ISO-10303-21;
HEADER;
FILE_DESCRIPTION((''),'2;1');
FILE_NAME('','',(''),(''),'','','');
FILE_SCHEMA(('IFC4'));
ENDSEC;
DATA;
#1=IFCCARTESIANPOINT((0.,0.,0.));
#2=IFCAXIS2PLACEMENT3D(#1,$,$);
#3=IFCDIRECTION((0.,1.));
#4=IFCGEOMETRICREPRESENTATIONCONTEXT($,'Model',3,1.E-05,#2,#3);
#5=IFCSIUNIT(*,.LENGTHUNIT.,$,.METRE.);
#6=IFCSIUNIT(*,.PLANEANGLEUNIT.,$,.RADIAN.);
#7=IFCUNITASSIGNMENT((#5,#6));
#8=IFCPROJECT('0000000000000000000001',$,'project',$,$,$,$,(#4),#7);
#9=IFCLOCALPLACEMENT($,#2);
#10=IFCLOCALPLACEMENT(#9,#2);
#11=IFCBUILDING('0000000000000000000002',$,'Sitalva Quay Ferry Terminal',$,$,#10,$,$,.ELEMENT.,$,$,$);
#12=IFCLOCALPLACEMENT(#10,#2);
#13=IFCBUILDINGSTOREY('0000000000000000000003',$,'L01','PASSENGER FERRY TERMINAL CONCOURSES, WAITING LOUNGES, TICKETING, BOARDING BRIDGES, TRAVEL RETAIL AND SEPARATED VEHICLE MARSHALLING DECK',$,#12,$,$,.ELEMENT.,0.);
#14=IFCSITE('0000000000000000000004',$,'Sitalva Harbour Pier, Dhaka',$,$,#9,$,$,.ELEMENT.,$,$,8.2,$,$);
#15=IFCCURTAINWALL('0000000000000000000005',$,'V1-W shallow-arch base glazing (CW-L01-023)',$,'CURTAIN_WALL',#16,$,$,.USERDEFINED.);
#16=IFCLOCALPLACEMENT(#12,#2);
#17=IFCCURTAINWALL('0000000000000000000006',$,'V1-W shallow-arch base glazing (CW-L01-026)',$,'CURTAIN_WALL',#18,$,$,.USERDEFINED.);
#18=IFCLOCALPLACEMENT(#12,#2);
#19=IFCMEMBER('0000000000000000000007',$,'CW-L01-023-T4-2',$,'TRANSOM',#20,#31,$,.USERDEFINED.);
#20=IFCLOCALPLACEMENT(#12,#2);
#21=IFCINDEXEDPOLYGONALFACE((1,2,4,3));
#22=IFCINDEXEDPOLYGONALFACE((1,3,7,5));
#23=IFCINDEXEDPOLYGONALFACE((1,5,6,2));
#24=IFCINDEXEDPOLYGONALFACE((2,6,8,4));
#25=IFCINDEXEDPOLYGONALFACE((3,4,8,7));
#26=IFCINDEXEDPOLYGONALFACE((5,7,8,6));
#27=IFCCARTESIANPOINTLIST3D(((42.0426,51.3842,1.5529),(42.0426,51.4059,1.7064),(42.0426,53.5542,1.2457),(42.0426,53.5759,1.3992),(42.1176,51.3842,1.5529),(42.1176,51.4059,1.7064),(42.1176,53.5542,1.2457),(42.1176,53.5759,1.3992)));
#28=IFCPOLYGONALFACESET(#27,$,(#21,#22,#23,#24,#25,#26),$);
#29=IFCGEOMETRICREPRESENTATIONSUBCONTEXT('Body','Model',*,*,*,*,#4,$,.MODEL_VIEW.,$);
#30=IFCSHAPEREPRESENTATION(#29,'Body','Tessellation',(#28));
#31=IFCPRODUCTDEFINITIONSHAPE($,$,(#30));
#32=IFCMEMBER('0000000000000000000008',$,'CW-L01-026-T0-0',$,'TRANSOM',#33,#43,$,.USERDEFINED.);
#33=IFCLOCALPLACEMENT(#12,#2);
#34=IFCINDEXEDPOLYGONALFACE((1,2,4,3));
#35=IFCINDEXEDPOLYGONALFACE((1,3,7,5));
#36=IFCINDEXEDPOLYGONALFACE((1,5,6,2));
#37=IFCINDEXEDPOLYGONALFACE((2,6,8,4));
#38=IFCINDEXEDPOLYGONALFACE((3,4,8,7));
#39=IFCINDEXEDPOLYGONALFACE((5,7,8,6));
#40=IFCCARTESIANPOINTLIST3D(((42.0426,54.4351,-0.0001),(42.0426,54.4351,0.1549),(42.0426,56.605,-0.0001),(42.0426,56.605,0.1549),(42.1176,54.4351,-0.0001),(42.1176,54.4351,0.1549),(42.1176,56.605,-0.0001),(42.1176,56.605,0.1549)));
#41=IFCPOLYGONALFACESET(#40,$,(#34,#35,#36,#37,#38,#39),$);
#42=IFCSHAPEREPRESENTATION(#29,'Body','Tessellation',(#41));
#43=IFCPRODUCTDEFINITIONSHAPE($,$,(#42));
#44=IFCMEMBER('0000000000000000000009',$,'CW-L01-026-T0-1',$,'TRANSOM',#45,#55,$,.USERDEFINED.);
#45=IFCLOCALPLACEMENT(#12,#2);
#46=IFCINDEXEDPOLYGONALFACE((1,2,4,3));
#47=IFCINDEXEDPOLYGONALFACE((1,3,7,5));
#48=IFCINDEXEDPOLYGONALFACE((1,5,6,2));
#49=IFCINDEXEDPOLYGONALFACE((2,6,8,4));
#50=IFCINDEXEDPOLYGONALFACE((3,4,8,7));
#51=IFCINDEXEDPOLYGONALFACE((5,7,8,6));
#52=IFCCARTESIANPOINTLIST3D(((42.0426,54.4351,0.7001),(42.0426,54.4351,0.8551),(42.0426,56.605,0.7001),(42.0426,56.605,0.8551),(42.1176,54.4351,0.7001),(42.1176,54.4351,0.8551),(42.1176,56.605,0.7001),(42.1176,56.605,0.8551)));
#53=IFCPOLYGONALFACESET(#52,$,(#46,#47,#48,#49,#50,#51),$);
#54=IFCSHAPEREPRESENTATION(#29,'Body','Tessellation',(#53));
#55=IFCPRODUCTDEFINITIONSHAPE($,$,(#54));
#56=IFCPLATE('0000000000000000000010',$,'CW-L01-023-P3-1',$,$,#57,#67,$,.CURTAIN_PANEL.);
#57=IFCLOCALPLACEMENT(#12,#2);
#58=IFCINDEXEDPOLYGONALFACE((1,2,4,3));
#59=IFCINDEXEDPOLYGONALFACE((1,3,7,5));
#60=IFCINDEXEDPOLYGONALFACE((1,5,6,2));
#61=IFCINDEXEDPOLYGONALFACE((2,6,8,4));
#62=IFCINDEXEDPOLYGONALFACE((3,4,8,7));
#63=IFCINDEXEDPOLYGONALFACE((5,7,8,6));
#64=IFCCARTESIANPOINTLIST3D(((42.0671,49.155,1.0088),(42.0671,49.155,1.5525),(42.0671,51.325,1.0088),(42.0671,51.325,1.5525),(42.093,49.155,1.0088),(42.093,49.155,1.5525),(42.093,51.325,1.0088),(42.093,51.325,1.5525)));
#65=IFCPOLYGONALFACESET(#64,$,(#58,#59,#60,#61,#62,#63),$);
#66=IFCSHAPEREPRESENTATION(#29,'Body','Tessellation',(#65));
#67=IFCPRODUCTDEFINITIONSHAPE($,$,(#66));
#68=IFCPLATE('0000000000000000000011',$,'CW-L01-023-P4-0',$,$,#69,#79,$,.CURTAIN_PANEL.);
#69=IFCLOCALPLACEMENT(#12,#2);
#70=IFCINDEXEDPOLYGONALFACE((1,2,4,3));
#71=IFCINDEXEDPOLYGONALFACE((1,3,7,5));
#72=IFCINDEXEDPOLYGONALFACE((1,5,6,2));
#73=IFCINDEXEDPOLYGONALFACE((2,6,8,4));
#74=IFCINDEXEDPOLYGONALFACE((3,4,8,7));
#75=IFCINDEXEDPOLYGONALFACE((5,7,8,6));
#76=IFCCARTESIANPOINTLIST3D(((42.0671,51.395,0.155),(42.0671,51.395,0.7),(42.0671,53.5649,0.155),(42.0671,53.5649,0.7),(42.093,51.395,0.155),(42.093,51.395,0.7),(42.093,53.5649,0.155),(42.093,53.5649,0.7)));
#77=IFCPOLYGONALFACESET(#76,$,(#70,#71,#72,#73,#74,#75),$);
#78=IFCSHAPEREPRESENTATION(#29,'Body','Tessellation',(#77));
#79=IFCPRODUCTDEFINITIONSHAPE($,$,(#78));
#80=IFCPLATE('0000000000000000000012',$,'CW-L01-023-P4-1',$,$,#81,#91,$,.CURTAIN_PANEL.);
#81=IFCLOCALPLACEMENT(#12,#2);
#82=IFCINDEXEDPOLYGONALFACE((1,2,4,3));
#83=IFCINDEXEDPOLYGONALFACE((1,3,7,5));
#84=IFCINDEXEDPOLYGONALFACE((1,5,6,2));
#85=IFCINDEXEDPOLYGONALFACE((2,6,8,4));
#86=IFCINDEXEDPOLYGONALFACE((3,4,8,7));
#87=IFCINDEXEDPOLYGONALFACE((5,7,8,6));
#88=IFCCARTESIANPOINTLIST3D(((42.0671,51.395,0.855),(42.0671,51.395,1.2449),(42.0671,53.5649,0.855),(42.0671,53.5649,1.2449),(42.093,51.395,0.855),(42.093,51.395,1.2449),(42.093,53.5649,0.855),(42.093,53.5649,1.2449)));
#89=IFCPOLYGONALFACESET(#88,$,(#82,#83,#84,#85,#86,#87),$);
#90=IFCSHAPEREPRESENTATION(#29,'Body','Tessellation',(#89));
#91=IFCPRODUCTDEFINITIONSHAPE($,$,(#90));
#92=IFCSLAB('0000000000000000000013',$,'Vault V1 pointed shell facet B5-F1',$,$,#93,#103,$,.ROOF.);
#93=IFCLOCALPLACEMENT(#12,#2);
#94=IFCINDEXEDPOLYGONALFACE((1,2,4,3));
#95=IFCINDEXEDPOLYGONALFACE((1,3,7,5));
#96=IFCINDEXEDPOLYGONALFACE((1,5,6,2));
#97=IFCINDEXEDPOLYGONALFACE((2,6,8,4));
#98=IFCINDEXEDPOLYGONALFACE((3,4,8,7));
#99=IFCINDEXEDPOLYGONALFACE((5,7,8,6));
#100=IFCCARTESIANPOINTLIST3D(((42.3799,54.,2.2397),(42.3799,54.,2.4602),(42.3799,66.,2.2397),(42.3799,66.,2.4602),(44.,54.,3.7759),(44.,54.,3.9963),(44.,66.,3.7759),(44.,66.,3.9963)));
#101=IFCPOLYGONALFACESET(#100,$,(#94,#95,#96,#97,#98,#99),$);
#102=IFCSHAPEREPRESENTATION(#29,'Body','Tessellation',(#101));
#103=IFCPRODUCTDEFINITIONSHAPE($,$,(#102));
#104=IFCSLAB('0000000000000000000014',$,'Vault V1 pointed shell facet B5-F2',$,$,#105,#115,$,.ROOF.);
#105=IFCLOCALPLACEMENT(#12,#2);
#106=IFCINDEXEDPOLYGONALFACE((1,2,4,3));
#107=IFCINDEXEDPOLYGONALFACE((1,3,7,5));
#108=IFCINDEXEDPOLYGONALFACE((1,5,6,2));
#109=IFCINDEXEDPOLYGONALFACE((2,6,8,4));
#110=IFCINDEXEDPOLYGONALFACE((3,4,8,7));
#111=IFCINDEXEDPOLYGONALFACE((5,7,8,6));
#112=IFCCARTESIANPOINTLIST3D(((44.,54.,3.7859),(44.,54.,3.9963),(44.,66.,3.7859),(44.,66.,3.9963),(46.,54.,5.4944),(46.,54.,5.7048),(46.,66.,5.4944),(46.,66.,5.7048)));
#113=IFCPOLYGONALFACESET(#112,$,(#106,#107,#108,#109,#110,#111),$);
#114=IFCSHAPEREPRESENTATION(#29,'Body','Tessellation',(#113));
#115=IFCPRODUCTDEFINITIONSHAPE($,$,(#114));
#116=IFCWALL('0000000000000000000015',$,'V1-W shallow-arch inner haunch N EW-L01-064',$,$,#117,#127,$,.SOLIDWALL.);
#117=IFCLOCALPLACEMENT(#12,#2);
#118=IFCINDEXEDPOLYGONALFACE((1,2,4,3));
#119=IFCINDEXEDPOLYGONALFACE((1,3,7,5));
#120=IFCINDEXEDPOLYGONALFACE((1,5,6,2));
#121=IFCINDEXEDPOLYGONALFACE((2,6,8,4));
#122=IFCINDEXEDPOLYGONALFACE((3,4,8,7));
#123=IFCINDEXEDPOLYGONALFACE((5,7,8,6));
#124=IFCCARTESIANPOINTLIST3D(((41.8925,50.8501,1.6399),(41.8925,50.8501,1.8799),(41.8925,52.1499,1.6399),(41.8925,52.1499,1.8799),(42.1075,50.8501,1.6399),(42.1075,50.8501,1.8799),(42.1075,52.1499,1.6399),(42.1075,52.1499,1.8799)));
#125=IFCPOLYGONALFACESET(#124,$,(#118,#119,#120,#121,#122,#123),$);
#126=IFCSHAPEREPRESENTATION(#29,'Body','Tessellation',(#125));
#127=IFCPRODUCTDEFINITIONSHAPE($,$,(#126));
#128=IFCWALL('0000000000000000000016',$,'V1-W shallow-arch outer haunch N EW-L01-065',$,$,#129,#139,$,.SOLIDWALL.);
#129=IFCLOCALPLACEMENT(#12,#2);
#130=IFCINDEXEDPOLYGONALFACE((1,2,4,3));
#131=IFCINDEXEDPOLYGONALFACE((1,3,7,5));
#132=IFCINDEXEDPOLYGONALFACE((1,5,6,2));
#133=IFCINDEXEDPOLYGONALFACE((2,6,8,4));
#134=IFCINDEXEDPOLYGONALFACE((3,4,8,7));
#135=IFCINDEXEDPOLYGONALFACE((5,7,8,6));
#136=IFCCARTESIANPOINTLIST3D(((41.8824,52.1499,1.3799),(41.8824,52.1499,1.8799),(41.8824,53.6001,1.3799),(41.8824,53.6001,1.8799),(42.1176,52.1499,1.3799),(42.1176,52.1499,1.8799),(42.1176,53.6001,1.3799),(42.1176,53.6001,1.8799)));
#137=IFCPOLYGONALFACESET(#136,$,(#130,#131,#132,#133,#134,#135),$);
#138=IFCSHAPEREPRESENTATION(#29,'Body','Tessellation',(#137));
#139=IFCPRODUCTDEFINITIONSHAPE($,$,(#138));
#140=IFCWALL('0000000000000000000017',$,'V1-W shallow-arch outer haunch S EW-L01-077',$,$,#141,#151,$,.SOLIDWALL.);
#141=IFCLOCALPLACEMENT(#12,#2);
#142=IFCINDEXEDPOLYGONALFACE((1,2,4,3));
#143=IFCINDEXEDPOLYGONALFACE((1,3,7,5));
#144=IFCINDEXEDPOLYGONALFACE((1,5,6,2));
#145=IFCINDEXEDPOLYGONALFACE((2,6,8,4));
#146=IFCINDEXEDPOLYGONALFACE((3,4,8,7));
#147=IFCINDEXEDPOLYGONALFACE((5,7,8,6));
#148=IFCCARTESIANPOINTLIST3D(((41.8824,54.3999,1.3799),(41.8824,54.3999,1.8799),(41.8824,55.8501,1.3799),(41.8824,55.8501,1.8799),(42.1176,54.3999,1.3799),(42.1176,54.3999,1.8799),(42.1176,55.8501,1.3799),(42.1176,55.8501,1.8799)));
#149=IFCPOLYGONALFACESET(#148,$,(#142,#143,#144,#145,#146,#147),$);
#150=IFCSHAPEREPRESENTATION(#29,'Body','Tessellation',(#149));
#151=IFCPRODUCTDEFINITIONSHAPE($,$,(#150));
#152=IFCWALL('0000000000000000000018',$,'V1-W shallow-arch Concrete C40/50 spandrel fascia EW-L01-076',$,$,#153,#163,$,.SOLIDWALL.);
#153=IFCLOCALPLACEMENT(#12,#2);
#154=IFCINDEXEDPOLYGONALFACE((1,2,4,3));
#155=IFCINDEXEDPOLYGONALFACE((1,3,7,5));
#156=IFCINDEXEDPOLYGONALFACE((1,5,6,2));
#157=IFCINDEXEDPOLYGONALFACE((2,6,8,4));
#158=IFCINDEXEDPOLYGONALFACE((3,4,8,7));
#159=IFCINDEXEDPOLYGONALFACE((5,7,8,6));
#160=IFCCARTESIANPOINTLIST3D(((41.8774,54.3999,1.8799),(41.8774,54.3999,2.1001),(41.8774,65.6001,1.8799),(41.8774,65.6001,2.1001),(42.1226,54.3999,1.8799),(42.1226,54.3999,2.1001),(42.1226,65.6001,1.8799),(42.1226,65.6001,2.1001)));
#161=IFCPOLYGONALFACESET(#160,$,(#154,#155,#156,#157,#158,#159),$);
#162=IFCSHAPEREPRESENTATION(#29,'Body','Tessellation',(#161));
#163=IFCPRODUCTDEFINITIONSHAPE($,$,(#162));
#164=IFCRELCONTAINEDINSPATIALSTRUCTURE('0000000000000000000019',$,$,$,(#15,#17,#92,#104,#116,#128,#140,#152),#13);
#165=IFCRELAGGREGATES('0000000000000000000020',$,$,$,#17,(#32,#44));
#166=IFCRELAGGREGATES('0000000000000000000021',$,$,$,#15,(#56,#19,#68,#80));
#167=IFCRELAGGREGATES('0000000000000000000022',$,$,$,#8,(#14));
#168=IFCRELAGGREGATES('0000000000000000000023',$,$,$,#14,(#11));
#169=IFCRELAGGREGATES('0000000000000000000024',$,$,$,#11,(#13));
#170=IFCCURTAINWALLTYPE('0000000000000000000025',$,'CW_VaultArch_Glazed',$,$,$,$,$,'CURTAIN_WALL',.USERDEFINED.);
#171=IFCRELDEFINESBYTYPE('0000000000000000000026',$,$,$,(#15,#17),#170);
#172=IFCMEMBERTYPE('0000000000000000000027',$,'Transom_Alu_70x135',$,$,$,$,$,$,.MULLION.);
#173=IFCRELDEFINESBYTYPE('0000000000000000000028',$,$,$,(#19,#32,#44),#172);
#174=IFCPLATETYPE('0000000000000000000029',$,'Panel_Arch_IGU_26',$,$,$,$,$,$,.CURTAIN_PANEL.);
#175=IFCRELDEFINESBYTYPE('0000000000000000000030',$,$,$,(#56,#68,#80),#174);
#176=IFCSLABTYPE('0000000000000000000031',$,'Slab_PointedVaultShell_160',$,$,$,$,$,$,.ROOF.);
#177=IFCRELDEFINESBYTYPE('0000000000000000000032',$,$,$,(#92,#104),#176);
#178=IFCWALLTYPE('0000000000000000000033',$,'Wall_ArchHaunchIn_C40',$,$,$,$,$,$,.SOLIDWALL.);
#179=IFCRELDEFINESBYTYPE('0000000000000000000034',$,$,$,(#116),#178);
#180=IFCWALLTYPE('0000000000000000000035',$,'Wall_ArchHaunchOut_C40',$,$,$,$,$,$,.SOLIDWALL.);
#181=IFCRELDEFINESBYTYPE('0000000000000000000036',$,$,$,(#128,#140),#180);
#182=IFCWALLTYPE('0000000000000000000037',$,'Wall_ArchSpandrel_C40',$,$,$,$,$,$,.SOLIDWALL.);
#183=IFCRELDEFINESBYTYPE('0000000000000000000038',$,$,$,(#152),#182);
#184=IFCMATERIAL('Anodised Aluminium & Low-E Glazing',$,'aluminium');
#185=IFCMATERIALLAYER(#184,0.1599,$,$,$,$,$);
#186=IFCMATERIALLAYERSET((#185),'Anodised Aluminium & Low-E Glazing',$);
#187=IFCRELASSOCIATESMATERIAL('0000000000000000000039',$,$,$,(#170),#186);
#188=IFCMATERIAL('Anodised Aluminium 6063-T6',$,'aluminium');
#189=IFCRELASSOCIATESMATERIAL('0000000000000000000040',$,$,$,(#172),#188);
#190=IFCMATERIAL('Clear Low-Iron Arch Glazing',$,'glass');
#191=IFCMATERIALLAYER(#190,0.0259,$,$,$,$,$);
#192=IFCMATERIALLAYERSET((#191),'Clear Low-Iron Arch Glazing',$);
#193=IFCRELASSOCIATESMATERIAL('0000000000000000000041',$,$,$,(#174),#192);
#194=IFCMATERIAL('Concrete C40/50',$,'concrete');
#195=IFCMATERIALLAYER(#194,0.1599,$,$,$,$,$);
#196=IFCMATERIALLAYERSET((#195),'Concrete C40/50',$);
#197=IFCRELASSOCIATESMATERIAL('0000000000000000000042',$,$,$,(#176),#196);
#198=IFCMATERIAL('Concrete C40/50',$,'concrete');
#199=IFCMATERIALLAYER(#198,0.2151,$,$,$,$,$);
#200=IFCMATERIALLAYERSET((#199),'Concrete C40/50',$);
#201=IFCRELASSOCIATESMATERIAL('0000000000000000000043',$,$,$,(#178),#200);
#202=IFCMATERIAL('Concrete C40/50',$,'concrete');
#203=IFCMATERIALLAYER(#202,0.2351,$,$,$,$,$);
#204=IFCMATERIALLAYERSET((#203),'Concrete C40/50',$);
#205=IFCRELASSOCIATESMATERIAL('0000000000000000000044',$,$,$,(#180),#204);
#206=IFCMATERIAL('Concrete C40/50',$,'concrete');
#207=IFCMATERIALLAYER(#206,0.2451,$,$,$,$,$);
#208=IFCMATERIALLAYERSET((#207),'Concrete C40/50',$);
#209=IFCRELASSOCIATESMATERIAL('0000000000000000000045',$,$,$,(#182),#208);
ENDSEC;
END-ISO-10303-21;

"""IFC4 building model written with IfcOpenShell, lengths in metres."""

from ifc_helpers import new_model, si_unit, direction, frame, frame_2d, origin, origin_2d, place, context, subcontext, project, spatial, polyline, rectangle, outline, extrude, material, layer, layer_set, material_profile, profile_set, type_object, element, aggregate, save


model = new_model("IFC4")

# Units and contexts
model_context = context("Model", 3, precision=1e-05, world=origin(), true_north=direction((0.0, 1.0)))
body_context = subcontext(model_context, "Body", "Model", "MODEL_VIEW")
ifc_project = project(units=[si_unit("LENGTHUNIT", "METRE"), si_unit("PLANEANGLEUNIT", "RADIAN")], contexts=[model_context])

# Site, building, storey
site_placement = place(None, origin())
site = spatial("IfcSite", under=ifc_project, at=site_placement, Name="Sitalva Harbour Pier, Dhaka", CompositionType="ELEMENT", RefElevation=8.2)
building_placement = place(site_placement, origin())
building = spatial("IfcBuilding", under=site, at=building_placement, Name="Sitalva Quay Ferry Terminal", CompositionType="ELEMENT")
storey_placement = place(building_placement, origin())
storey = spatial("IfcBuildingStorey", under=building, at=storey_placement, Name="L01", Description="PASSENGER FERRY TERMINAL CONCOURSES, WAITING LOUNGES, TICKETING, BOARDING BRIDGES, TRAVEL RETAIL AND SEPARATED VEHICLE MARSHALLING DECK", CompositionType="ELEMENT", Elevation=0.0)

# Curtain wall
ifc_material_1 = material(Name="Anodised Aluminium & Low-E Glazing", Category="aluminium")
ifc_layer_1 = layer(ifc_material_1, 0.1599)
ifc_layer_set_1 = layer_set([ifc_layer_1], Name="Anodised Aluminium & Low-E Glazing")
curtain_wall_type = type_object("IfcCurtainWallType", Name="CW_VaultArch_Glazed", ElementType="CURTAIN_WALL", PredefinedType="USERDEFINED", material=ifc_layer_set_1)
curtain_wall_1_placement = place(storey_placement, origin())
curtain_wall_1 = element("IfcCurtainWall", 1, at=curtain_wall_1_placement, inside=storey, type_object=curtain_wall_type, Name="V1-W shallow-arch base glazing (CW-L01-023)", ObjectType="CURTAIN_WALL", PredefinedType="USERDEFINED")

# Curtain wall
curtain_wall_2_placement = place(storey_placement, origin())
curtain_wall_2 = element("IfcCurtainWall", 2, at=curtain_wall_2_placement, inside=storey, type_object=curtain_wall_type, Name="V1-W shallow-arch base glazing (CW-L01-026)", ObjectType="CURTAIN_WALL", PredefinedType="USERDEFINED")

# Members
ifc_material_2 = material(Name="Anodised Aluminium 6063-T6", Category="aluminium")
ifc_material_profile_1 = material_profile(ifc_material_2, rectangle(XDim=0.075, YDim=0.155, at=origin_2d()), Name="ALU75x155")
ifc_profile_set_1 = profile_set([ifc_material_profile_1], Name="Anodised Aluminium 6063-T6")
member_type_1 = type_object("IfcMemberType", Name="Transom_Alu_70x135", PredefinedType="MULLION", material=ifc_profile_set_1)
member_1_placement = place(storey_placement, frame((42.0801, 51.395, 1.6296), z_axis=(0.0, 0.990131, -0.140142), x_axis=(-1.0, 0.0, 0.0)))
member_1 = element("IfcMember", 3, at=member_1_placement, type_object=member_type_1, Name="CW-L01-023-T4-2", ObjectType="TRANSOM", PredefinedType="USERDEFINED", context=body_context, shape_type="SweptSolid", body=[
    extrude(rectangle(XDim=0.075, YDim=0.155, at=origin_2d()), origin(), (0.0, 0.0, 1.0), 2.1917),
])
member_2_placement = place(storey_placement, frame((42.0801, 54.4351, 0.0774), z_axis=(0.0, 1.0, 0.0), x_axis=(-1.0, 0.0, 0.0)))
member_2 = element("IfcMember", 4, at=member_2_placement, type_object=member_type_1, Name="CW-L01-026-T0-0", ObjectType="TRANSOM", PredefinedType="USERDEFINED", context=body_context, shape_type="SweptSolid", body=[
    extrude(rectangle(XDim=0.075, YDim=0.155, at=origin_2d()), origin(), (0.0, 0.0, 1.0), 2.1699),
])
member_3_placement = place(storey_placement, frame((42.0801, 54.4351, 0.7776), z_axis=(0.0, 1.0, 0.0), x_axis=(-1.0, 0.0, 0.0)))
member_3 = element("IfcMember", 5, at=member_3_placement, type_object=member_type_1, Name="CW-L01-026-T0-1", ObjectType="TRANSOM", PredefinedType="USERDEFINED", context=body_context, shape_type="SweptSolid", body=[
    extrude(rectangle(XDim=0.075, YDim=0.155, at=origin_2d()), origin(), (0.0, 0.0, 1.0), 2.1699),
])
aggregate(curtain_wall_2, [member_2, member_3])

# Plates
ifc_material_3 = material(Name="Clear Low-Iron Arch Glazing", Category="glass")
ifc_layer_2 = layer(ifc_material_3, 0.0259)
ifc_layer_set_2 = layer_set([ifc_layer_2], Name="Clear Low-Iron Arch Glazing")
plate_type = type_object("IfcPlateType", Name="Panel_Arch_IGU_26", PredefinedType="CURTAIN_PANEL", material=ifc_layer_set_2)
plate_1_placement = place(storey_placement, frame((42.0801, 50.24, 1.0088), z_axis=(0.0, 0.0, 1.0), x_axis=(0.0, 1.0, 0.0)))
plate_1 = element("IfcPlate", 6, at=plate_1_placement, type_object=plate_type, Name="CW-L01-023-P3-1", PredefinedType="CURTAIN_PANEL", context=body_context, shape_type="SweptSolid", body=[
    extrude(rectangle(XDim=2.1699, YDim=0.0259, at=origin_2d()), origin(), (0.0, 0.0, 1.0), 0.5437),
])
plate_2_placement = place(storey_placement, frame((42.0801, 52.48, 0.155), z_axis=(0.0, 0.0, 1.0), x_axis=(0.0, 1.0, 0.0)))
plate_2 = element("IfcPlate", 7, at=plate_2_placement, type_object=plate_type, Name="CW-L01-023-P4-0", PredefinedType="CURTAIN_PANEL", context=body_context, shape_type="SweptSolid", body=[
    extrude(rectangle(XDim=2.1699, YDim=0.0259, at=origin_2d()), origin(), (0.0, 0.0, 1.0), 0.5449),
])
plate_3_placement = place(storey_placement, frame((42.0801, 52.48, 0.855), z_axis=(0.0, 0.0, 1.0), x_axis=(0.0, 1.0, 0.0)))
plate_3 = element("IfcPlate", 8, at=plate_3_placement, type_object=plate_type, Name="CW-L01-023-P4-1", PredefinedType="CURTAIN_PANEL", context=body_context, shape_type="SweptSolid", body=[
    extrude(rectangle(XDim=2.1699, YDim=0.0259, at=origin_2d()), origin(), (0.0, 0.0, 1.0), 0.3899),
])
aggregate(curtain_wall_1, [plate_1, member_1, plate_2, plate_3])

# Slabs
ifc_material_4 = material(Name="Concrete C40/50", Category="concrete")
ifc_layer_3 = layer(ifc_material_4, 0.1599)
ifc_layer_set_3 = layer_set([ifc_layer_3], Name="Concrete C40/50")
slab_type = type_object("IfcSlabType", Name="Slab_PointedVaultShell_160", PredefinedType="ROOF", material=ifc_layer_set_3)
slab_1_placement = place(storey_placement, frame((42.3799, 54.0, 2.4602), z_axis=(-0.688048, 0.0, 0.725665), x_axis=(0.725665, 0.0, 0.688048)))
element("IfcSlab", 9, at=slab_1_placement, inside=storey, type_object=slab_type, Name="Vault V1 pointed shell facet B5-F1", PredefinedType="ROOF", context=body_context, shape_type="SweptSolid", body=[
    extrude(outline(polyline([(0.0, 0.0), (2.2326, 0.0), (2.2326, 12.0), (0.0, 12.0), (0.0, 0.0)])), origin(), (-0.688048, 0.0, -0.725665), 0.2205),
])
slab_2_placement = place(storey_placement, frame((44.0, 54.0, 3.9963), z_axis=(-0.649522, 0.0, 0.760343), x_axis=(0.760343, 0.0, 0.649522)))
element("IfcSlab", 10, at=slab_2_placement, inside=storey, type_object=slab_type, Name="Vault V1 pointed shell facet B5-F2", PredefinedType="ROOF", context=body_context, shape_type="SweptSolid", body=[
    extrude(outline(polyline([(0.0, 0.0), (2.6304, 0.0), (2.6304, 12.0), (0.0, 12.0), (0.0, 0.0)])), origin(), (-0.649522, 0.0, -0.760343), 0.2104),
])

# Walls
ifc_material_5 = material(Name="Concrete C40/50", Category="concrete")
ifc_layer_4 = layer(ifc_material_5, 0.2151)
ifc_layer_set_4 = layer_set([ifc_layer_4], Name="Concrete C40/50")
wall_type_1 = type_object("IfcWallType", Name="Wall_ArchHaunchIn_C40", PredefinedType="SOLIDWALL", material=ifc_layer_set_4)
wall_1_placement = place(storey_placement, frame((42.0, 50.8501, 1.6399), z_axis=(0.0, 0.0, 1.0), x_axis=(0.0, 1.0, 0.0)))
element("IfcWall", 11, at=wall_1_placement, inside=storey, type_object=wall_type_1, Name="V1-W shallow-arch inner haunch N EW-L01-064", PredefinedType="SOLIDWALL", context=body_context, shape_type="SweptSolid", body=[
    extrude(rectangle(XDim=1.2998, YDim=0.2151, at=frame_2d((0.6499, 0.0))), origin(), (0.0, 0.0, 1.0), 0.24),
])
ifc_material_6 = material(Name="Concrete C40/50", Category="concrete")
ifc_layer_5 = layer(ifc_material_6, 0.2351)
ifc_layer_set_5 = layer_set([ifc_layer_5], Name="Concrete C40/50")
wall_type_2 = type_object("IfcWallType", Name="Wall_ArchHaunchOut_C40", PredefinedType="SOLIDWALL", material=ifc_layer_set_5)
for number, where, z_axis, x_axis, name in (
    (12, (42.0, 52.1499, 1.3799), (0.0, 0.0, 1.0), (0.0, 1.0, 0.0), "V1-W shallow-arch outer haunch N EW-L01-065"),
    (13, (42.0, 54.3999, 1.3799), (0.0, 0.0, 1.0), (0.0, 1.0, 0.0), "V1-W shallow-arch outer haunch S EW-L01-077"),
):
    element("IfcWall", number, at=place(storey_placement, frame(where, z_axis=z_axis, x_axis=x_axis)), inside=storey, type_object=wall_type_2, Name=name, PredefinedType="SOLIDWALL", context=body_context, shape_type="SweptSolid", body=[
        extrude(rectangle(XDim=1.4502, YDim=0.2351, at=frame_2d((0.7251, 0.0))), origin(), (0.0, 0.0, 1.0), 0.5),
    ])
ifc_material_7 = material(Name="Concrete C40/50", Category="concrete")
ifc_layer_6 = layer(ifc_material_7, 0.2451)
ifc_layer_set_6 = layer_set([ifc_layer_6], Name="Concrete C40/50")
wall_type_3 = type_object("IfcWallType", Name="Wall_ArchSpandrel_C40", PredefinedType="SOLIDWALL", material=ifc_layer_set_6)
wall_2_placement = place(storey_placement, frame((42.0, 54.3999, 1.8799), z_axis=(0.0, 0.0, 1.0), x_axis=(0.0, 1.0, 0.0)))
element("IfcWall", 14, at=wall_2_placement, inside=storey, type_object=wall_type_3, Name="V1-W shallow-arch Concrete C40/50 spandrel fascia EW-L01-076", PredefinedType="SOLIDWALL", context=body_context, shape_type="SweptSolid", body=[
    extrude(rectangle(XDim=11.2002, YDim=0.2451, at=frame_2d((5.6001, 0.0))), origin(), (0.0, 0.0, 1.0), 0.2202),
])

save(model, "model.ifc")
